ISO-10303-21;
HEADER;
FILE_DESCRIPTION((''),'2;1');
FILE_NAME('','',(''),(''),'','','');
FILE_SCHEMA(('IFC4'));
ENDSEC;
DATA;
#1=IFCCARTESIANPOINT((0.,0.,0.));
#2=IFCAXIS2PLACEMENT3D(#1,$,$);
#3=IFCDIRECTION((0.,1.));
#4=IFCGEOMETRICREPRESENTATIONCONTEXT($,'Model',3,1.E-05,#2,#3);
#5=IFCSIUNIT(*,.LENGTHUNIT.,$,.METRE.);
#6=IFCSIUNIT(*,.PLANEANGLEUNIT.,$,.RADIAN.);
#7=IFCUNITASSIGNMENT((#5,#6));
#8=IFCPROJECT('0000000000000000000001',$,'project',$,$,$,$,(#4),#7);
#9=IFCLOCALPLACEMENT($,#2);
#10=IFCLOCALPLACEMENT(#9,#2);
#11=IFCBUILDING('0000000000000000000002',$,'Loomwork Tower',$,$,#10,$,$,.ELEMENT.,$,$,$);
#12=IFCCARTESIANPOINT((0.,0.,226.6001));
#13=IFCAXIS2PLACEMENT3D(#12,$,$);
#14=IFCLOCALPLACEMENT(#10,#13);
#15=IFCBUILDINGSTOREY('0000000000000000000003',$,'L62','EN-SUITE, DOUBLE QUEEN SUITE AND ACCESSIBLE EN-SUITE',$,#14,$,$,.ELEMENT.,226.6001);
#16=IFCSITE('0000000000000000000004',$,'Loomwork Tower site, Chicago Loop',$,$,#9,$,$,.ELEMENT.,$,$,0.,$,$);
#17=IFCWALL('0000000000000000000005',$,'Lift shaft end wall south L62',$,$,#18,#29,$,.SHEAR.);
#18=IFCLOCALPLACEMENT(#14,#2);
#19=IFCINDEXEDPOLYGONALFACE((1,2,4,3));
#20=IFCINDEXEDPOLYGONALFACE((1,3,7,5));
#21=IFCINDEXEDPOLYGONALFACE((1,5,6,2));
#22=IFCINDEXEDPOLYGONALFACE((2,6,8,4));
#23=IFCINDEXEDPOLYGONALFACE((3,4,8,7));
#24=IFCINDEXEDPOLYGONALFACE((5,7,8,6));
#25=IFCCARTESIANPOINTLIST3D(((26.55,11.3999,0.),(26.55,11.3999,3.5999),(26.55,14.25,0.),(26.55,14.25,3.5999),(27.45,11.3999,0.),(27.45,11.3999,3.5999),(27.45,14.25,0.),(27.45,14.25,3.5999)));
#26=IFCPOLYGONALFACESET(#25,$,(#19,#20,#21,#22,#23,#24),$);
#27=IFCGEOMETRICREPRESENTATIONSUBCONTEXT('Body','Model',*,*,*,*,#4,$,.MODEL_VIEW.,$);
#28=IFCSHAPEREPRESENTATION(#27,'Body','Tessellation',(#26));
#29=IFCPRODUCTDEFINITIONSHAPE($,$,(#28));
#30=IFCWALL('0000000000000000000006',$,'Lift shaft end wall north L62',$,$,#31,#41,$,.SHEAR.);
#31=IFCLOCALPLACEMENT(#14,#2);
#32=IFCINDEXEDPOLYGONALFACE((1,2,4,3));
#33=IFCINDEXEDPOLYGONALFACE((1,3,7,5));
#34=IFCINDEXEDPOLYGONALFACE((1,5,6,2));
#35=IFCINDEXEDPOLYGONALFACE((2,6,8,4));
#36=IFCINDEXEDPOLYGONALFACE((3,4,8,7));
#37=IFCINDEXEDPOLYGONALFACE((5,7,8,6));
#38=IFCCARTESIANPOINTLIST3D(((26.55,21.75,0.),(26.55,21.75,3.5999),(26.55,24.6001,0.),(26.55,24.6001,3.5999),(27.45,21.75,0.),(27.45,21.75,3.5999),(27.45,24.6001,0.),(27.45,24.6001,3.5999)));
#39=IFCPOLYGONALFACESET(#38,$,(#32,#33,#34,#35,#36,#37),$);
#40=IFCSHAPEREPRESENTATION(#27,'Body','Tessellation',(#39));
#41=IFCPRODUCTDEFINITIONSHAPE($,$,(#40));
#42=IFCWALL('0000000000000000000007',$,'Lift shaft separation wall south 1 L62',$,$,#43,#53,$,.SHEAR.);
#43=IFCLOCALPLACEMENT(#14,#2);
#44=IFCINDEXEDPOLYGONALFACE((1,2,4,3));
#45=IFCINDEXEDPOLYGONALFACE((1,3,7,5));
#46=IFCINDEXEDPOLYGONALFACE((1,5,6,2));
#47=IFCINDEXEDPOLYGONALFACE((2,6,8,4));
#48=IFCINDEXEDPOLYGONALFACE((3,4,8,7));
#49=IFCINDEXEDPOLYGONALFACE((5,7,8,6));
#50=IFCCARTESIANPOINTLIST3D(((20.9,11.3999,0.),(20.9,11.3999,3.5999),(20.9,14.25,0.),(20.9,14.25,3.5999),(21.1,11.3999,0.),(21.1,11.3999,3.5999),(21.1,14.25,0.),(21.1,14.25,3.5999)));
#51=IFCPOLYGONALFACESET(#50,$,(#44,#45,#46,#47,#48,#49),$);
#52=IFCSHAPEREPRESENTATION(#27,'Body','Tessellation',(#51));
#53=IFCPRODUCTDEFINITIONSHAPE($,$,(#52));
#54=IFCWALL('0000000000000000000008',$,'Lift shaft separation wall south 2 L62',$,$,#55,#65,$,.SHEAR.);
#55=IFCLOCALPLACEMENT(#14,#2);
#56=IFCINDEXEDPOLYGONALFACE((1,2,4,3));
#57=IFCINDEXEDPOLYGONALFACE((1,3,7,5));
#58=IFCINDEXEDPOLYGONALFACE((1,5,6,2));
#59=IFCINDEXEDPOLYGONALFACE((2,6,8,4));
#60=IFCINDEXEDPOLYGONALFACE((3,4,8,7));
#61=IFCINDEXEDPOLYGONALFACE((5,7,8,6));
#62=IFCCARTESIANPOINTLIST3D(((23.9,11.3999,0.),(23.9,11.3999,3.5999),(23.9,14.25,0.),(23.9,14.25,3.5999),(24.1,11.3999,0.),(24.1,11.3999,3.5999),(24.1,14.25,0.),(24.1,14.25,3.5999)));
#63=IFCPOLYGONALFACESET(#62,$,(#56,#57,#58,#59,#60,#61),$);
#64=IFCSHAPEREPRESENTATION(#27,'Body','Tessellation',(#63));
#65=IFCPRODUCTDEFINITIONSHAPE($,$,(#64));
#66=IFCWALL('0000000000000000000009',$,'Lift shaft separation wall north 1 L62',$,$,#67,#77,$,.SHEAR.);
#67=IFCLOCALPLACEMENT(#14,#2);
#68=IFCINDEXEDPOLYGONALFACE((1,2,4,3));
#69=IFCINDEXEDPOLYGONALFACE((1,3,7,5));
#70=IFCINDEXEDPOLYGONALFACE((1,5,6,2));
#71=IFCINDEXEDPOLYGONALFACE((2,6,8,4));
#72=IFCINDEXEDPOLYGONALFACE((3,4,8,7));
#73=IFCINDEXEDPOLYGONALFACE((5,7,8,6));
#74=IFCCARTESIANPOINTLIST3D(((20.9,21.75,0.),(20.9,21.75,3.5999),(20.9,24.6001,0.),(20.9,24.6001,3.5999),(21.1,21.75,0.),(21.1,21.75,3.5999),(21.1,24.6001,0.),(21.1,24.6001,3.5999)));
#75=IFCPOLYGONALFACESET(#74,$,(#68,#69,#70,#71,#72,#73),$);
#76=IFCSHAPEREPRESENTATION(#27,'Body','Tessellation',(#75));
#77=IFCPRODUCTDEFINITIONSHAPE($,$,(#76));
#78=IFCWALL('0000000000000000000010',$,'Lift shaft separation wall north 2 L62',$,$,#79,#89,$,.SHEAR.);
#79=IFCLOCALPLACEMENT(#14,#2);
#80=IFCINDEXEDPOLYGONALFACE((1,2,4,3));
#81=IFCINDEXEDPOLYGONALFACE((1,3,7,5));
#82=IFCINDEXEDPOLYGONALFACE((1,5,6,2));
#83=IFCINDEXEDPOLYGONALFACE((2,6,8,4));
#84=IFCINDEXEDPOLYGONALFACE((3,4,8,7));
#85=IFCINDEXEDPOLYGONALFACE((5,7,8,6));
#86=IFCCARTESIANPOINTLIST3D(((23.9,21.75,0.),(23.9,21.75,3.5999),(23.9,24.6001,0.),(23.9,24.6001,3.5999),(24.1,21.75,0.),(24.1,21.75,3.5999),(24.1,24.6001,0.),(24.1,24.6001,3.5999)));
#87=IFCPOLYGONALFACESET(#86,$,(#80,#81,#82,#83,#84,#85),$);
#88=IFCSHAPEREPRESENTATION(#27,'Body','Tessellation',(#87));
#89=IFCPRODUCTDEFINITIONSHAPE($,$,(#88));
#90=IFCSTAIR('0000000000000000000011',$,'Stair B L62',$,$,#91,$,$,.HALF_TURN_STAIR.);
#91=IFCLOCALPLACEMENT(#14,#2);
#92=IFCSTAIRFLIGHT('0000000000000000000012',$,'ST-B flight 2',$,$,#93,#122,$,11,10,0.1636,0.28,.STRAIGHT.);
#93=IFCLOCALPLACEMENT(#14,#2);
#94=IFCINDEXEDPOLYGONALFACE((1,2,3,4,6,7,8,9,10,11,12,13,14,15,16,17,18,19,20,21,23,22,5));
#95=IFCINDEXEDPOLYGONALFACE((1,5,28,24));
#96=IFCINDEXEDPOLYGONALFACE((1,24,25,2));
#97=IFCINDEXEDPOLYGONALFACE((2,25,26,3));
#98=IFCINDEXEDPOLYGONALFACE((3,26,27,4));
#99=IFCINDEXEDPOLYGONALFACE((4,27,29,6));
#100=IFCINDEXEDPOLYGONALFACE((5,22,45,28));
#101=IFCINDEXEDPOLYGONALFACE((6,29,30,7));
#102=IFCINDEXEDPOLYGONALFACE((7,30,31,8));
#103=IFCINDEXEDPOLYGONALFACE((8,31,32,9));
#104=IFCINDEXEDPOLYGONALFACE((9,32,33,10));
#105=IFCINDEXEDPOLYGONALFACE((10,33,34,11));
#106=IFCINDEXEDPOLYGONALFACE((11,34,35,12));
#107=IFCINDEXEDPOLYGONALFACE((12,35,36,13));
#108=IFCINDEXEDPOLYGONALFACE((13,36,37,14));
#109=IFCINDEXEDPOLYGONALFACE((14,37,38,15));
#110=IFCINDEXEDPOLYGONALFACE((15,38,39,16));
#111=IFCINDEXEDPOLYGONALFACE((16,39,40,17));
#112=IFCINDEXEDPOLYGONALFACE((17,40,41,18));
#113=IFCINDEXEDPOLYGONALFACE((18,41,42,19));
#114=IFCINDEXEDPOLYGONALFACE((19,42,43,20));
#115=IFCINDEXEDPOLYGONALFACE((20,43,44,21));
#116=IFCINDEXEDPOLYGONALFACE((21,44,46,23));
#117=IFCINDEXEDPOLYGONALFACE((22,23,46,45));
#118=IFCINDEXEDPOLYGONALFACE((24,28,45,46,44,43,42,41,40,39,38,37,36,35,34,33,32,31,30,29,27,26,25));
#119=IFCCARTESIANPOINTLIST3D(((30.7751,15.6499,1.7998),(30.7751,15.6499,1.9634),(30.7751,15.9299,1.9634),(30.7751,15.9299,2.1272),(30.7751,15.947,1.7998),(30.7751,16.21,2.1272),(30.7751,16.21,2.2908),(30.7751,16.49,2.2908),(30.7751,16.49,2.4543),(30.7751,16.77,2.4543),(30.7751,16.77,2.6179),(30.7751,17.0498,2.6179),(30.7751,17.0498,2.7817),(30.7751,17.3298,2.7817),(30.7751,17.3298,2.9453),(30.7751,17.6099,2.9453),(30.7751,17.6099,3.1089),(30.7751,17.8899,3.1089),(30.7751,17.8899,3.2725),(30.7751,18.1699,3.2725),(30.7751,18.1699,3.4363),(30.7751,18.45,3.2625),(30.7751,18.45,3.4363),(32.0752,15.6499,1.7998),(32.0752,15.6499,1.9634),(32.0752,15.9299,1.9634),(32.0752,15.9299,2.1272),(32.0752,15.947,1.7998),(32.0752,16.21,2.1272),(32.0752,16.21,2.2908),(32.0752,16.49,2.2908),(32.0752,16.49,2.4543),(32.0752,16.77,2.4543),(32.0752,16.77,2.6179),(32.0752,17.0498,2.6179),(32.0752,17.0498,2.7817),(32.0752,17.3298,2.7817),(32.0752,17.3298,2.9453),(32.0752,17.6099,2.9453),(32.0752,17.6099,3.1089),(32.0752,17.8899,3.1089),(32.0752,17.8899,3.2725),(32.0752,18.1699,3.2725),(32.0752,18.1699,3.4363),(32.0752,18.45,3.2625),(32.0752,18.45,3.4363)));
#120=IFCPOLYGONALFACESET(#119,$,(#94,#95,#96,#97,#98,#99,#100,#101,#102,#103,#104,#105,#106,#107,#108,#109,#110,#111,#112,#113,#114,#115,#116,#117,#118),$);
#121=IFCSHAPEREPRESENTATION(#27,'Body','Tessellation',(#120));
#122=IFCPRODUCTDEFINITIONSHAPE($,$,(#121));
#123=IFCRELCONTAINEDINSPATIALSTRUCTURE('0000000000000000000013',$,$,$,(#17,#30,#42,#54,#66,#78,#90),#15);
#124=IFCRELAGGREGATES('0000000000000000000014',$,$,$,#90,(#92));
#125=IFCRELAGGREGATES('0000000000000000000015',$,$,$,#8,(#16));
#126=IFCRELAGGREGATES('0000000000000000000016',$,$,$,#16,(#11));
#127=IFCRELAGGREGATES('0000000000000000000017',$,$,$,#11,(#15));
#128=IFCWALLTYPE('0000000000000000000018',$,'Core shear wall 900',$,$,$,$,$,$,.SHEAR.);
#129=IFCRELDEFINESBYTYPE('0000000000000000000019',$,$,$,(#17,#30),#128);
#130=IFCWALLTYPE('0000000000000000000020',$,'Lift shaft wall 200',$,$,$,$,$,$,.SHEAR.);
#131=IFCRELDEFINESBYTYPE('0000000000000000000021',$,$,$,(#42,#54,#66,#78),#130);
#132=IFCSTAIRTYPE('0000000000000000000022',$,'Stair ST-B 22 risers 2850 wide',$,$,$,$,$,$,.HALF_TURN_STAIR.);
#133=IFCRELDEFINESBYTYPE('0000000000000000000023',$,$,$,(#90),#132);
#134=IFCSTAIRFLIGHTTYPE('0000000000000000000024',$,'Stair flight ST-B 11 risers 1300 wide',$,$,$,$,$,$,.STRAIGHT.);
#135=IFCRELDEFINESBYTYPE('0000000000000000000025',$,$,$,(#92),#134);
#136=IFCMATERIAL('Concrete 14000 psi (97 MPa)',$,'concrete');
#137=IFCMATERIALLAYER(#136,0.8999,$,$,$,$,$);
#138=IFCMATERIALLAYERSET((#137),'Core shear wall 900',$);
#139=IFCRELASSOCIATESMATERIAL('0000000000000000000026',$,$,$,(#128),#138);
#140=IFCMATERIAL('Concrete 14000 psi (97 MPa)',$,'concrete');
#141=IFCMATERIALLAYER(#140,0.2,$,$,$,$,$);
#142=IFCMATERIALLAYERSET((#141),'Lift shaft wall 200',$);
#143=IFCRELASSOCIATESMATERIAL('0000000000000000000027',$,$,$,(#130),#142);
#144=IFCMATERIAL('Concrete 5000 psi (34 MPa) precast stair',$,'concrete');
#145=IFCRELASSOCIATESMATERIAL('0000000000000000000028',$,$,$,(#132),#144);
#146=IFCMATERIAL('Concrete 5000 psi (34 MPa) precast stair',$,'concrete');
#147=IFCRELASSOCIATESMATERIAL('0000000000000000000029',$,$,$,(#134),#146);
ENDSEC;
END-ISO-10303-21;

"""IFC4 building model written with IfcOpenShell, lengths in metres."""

from ifc_helpers import new_model, si_unit, direction, frame, frame_2d, origin, place, context, subcontext, project, spatial, polyline, rectangle, outline, extrude, material, layer, layer_set, type_object, element, aggregate, save


model = new_model("IFC4")

# Units and contexts
model_context = context("Model", 3, precision=1e-05, world=origin(), true_north=direction((0.0, 1.0)))
body_context = subcontext(model_context, "Body", "Model", "MODEL_VIEW")
ifc_project = project(units=[si_unit("LENGTHUNIT", "METRE"), si_unit("PLANEANGLEUNIT", "RADIAN")], contexts=[model_context])

# Site, building, storey
site_placement = place(None, origin())
site = spatial("IfcSite", under=ifc_project, at=site_placement, Name="Loomwork Tower site, Chicago Loop", CompositionType="ELEMENT", RefElevation=0.0)
building_placement = place(site_placement, origin())
building = spatial("IfcBuilding", under=site, at=building_placement, Name="Loomwork Tower", CompositionType="ELEMENT")
storey_placement = place(building_placement, frame((0.0, 0.0, 226.6001)))
storey = spatial("IfcBuildingStorey", under=building, at=storey_placement, Name="L62", Description="EN-SUITE, DOUBLE QUEEN SUITE AND ACCESSIBLE EN-SUITE", CompositionType="ELEMENT", Elevation=226.6001)

# Shared definitions
ifc_material_1 = material(Name="Concrete 14000 psi (97 MPa)", Category="concrete")
ifc_layer_1 = layer(ifc_material_1, 0.8999)
ifc_layer_set_1 = layer_set([ifc_layer_1], Name="Core shear wall 900")
wall_type_1 = type_object("IfcWallType", Name="Core shear wall 900", PredefinedType="SHEAR", material=ifc_layer_set_1)

# Walls
for number, where, z_axis, x_axis, name in (
    (1, (27.0, 11.3999, 0.0), (0.0, 0.0, 1.0), (0.0, 1.0, 0.0), "Lift shaft end wall south L62"),
    (2, (27.0, 21.75, 0.0), (0.0, 0.0, 1.0), (0.0, 1.0, 0.0), "Lift shaft end wall north L62"),
):
    element("IfcWall", number, at=place(storey_placement, frame(where, z_axis=z_axis, x_axis=x_axis)), inside=storey, type_object=wall_type_1, Name=name, PredefinedType="SHEAR", context=body_context, shape_type="SweptSolid", body=[
        extrude(rectangle(XDim=2.8501, YDim=0.8999, at=frame_2d((1.425, 0.0))), origin(), (0.0, 0.0, 1.0), 3.5999),
    ])
ifc_material_2 = material(Name="Concrete 14000 psi (97 MPa)", Category="concrete")
ifc_layer_2 = layer(ifc_material_2, 0.2)
ifc_layer_set_2 = layer_set([ifc_layer_2], Name="Lift shaft wall 200")
wall_type_2 = type_object("IfcWallType", Name="Lift shaft wall 200", PredefinedType="SHEAR", material=ifc_layer_set_2)
for number, where, z_axis, x_axis, name in (
    (3, (21.0, 11.3999, 0.0), (0.0, 0.0, 1.0), (0.0, 1.0, 0.0), "Lift shaft separation wall south 1 L62"),
    (4, (24.0, 11.3999, 0.0), (0.0, 0.0, 1.0), (0.0, 1.0, 0.0), "Lift shaft separation wall south 2 L62"),
    (5, (21.0, 21.75, 0.0), (0.0, 0.0, 1.0), (0.0, 1.0, 0.0), "Lift shaft separation wall north 1 L62"),
    (6, (24.0, 21.75, 0.0), (0.0, 0.0, 1.0), (0.0, 1.0, 0.0), "Lift shaft separation wall north 2 L62"),
):
    element("IfcWall", number, at=place(storey_placement, frame(where, z_axis=z_axis, x_axis=x_axis)), inside=storey, type_object=wall_type_2, Name=name, PredefinedType="SHEAR", context=body_context, shape_type="SweptSolid", body=[
        extrude(rectangle(XDim=2.8501, YDim=0.2, at=frame_2d((1.425, 0.0))), origin(), (0.0, 0.0, 1.0), 3.5999),
    ])

# Stair, stair flight
ifc_material_3 = material(Name="Concrete 5000 psi (34 MPa) precast stair", Category="concrete")
stair_type = type_object("IfcStairType", Name="Stair ST-B 22 risers 2850 wide", PredefinedType="HALF_TURN_STAIR", material=ifc_material_3)
stair_placement = place(storey_placement, origin())
stair = element("IfcStair", 7, at=stair_placement, inside=storey, type_object=stair_type, Name="Stair B L62", PredefinedType="HALF_TURN_STAIR")
ifc_material_4 = material(Name="Concrete 5000 psi (34 MPa) precast stair", Category="concrete")
stair_flight_type = type_object("IfcStairFlightType", Name="Stair flight ST-B 11 risers 1300 wide", PredefinedType="STRAIGHT", material=ifc_material_4)
stair_flight_placement = place(storey_placement, frame((31.425, 15.6499, 1.7998), z_axis=(0.0, 0.0, 1.0), x_axis=(0.0, 1.0, 0.0)))
stair_flight = element("IfcStairFlight", 8, at=stair_flight_placement, type_object=stair_flight_type, Name="ST-B flight 2", NumberOfRisers=11, NumberOfTreads=10, PredefinedType="STRAIGHT", RiserHeight=0.1636, TreadLength=0.28, context=body_context, shape_type="SweptSolid", body=[
    extrude(outline(polyline([(0.0, 0.0), (0.0, 0.1636), (0.28, 0.1636), (0.28, 0.3274), (0.5601, 0.3274), (0.5601, 0.491), (0.8401, 0.491), (0.8401, 0.6545), (1.1201, 0.6545), (1.1201, 0.8181), (1.3999, 0.8181), (1.3999, 0.9819), (1.6799, 0.9819), (1.6799, 1.1455), (1.96, 1.1455), (1.96, 1.3091), (2.24, 1.3091), (2.24, 1.4727), (2.52, 1.4727), (2.52, 1.6365), (2.8, 1.6365), (2.8, 1.8), (2.8, 1.4626), (0.2971, 0.0), (0.0, 0.0)])), frame((0.0, 0.6499, 0.0), z_axis=(0.0, -1.0, 0.0), x_axis=(1.0, 0.0, 0.0)), (0.0, 0.0, 1.0), 1.3),
])
aggregate(stair, [stair_flight])

save(model, "model.ifc")
